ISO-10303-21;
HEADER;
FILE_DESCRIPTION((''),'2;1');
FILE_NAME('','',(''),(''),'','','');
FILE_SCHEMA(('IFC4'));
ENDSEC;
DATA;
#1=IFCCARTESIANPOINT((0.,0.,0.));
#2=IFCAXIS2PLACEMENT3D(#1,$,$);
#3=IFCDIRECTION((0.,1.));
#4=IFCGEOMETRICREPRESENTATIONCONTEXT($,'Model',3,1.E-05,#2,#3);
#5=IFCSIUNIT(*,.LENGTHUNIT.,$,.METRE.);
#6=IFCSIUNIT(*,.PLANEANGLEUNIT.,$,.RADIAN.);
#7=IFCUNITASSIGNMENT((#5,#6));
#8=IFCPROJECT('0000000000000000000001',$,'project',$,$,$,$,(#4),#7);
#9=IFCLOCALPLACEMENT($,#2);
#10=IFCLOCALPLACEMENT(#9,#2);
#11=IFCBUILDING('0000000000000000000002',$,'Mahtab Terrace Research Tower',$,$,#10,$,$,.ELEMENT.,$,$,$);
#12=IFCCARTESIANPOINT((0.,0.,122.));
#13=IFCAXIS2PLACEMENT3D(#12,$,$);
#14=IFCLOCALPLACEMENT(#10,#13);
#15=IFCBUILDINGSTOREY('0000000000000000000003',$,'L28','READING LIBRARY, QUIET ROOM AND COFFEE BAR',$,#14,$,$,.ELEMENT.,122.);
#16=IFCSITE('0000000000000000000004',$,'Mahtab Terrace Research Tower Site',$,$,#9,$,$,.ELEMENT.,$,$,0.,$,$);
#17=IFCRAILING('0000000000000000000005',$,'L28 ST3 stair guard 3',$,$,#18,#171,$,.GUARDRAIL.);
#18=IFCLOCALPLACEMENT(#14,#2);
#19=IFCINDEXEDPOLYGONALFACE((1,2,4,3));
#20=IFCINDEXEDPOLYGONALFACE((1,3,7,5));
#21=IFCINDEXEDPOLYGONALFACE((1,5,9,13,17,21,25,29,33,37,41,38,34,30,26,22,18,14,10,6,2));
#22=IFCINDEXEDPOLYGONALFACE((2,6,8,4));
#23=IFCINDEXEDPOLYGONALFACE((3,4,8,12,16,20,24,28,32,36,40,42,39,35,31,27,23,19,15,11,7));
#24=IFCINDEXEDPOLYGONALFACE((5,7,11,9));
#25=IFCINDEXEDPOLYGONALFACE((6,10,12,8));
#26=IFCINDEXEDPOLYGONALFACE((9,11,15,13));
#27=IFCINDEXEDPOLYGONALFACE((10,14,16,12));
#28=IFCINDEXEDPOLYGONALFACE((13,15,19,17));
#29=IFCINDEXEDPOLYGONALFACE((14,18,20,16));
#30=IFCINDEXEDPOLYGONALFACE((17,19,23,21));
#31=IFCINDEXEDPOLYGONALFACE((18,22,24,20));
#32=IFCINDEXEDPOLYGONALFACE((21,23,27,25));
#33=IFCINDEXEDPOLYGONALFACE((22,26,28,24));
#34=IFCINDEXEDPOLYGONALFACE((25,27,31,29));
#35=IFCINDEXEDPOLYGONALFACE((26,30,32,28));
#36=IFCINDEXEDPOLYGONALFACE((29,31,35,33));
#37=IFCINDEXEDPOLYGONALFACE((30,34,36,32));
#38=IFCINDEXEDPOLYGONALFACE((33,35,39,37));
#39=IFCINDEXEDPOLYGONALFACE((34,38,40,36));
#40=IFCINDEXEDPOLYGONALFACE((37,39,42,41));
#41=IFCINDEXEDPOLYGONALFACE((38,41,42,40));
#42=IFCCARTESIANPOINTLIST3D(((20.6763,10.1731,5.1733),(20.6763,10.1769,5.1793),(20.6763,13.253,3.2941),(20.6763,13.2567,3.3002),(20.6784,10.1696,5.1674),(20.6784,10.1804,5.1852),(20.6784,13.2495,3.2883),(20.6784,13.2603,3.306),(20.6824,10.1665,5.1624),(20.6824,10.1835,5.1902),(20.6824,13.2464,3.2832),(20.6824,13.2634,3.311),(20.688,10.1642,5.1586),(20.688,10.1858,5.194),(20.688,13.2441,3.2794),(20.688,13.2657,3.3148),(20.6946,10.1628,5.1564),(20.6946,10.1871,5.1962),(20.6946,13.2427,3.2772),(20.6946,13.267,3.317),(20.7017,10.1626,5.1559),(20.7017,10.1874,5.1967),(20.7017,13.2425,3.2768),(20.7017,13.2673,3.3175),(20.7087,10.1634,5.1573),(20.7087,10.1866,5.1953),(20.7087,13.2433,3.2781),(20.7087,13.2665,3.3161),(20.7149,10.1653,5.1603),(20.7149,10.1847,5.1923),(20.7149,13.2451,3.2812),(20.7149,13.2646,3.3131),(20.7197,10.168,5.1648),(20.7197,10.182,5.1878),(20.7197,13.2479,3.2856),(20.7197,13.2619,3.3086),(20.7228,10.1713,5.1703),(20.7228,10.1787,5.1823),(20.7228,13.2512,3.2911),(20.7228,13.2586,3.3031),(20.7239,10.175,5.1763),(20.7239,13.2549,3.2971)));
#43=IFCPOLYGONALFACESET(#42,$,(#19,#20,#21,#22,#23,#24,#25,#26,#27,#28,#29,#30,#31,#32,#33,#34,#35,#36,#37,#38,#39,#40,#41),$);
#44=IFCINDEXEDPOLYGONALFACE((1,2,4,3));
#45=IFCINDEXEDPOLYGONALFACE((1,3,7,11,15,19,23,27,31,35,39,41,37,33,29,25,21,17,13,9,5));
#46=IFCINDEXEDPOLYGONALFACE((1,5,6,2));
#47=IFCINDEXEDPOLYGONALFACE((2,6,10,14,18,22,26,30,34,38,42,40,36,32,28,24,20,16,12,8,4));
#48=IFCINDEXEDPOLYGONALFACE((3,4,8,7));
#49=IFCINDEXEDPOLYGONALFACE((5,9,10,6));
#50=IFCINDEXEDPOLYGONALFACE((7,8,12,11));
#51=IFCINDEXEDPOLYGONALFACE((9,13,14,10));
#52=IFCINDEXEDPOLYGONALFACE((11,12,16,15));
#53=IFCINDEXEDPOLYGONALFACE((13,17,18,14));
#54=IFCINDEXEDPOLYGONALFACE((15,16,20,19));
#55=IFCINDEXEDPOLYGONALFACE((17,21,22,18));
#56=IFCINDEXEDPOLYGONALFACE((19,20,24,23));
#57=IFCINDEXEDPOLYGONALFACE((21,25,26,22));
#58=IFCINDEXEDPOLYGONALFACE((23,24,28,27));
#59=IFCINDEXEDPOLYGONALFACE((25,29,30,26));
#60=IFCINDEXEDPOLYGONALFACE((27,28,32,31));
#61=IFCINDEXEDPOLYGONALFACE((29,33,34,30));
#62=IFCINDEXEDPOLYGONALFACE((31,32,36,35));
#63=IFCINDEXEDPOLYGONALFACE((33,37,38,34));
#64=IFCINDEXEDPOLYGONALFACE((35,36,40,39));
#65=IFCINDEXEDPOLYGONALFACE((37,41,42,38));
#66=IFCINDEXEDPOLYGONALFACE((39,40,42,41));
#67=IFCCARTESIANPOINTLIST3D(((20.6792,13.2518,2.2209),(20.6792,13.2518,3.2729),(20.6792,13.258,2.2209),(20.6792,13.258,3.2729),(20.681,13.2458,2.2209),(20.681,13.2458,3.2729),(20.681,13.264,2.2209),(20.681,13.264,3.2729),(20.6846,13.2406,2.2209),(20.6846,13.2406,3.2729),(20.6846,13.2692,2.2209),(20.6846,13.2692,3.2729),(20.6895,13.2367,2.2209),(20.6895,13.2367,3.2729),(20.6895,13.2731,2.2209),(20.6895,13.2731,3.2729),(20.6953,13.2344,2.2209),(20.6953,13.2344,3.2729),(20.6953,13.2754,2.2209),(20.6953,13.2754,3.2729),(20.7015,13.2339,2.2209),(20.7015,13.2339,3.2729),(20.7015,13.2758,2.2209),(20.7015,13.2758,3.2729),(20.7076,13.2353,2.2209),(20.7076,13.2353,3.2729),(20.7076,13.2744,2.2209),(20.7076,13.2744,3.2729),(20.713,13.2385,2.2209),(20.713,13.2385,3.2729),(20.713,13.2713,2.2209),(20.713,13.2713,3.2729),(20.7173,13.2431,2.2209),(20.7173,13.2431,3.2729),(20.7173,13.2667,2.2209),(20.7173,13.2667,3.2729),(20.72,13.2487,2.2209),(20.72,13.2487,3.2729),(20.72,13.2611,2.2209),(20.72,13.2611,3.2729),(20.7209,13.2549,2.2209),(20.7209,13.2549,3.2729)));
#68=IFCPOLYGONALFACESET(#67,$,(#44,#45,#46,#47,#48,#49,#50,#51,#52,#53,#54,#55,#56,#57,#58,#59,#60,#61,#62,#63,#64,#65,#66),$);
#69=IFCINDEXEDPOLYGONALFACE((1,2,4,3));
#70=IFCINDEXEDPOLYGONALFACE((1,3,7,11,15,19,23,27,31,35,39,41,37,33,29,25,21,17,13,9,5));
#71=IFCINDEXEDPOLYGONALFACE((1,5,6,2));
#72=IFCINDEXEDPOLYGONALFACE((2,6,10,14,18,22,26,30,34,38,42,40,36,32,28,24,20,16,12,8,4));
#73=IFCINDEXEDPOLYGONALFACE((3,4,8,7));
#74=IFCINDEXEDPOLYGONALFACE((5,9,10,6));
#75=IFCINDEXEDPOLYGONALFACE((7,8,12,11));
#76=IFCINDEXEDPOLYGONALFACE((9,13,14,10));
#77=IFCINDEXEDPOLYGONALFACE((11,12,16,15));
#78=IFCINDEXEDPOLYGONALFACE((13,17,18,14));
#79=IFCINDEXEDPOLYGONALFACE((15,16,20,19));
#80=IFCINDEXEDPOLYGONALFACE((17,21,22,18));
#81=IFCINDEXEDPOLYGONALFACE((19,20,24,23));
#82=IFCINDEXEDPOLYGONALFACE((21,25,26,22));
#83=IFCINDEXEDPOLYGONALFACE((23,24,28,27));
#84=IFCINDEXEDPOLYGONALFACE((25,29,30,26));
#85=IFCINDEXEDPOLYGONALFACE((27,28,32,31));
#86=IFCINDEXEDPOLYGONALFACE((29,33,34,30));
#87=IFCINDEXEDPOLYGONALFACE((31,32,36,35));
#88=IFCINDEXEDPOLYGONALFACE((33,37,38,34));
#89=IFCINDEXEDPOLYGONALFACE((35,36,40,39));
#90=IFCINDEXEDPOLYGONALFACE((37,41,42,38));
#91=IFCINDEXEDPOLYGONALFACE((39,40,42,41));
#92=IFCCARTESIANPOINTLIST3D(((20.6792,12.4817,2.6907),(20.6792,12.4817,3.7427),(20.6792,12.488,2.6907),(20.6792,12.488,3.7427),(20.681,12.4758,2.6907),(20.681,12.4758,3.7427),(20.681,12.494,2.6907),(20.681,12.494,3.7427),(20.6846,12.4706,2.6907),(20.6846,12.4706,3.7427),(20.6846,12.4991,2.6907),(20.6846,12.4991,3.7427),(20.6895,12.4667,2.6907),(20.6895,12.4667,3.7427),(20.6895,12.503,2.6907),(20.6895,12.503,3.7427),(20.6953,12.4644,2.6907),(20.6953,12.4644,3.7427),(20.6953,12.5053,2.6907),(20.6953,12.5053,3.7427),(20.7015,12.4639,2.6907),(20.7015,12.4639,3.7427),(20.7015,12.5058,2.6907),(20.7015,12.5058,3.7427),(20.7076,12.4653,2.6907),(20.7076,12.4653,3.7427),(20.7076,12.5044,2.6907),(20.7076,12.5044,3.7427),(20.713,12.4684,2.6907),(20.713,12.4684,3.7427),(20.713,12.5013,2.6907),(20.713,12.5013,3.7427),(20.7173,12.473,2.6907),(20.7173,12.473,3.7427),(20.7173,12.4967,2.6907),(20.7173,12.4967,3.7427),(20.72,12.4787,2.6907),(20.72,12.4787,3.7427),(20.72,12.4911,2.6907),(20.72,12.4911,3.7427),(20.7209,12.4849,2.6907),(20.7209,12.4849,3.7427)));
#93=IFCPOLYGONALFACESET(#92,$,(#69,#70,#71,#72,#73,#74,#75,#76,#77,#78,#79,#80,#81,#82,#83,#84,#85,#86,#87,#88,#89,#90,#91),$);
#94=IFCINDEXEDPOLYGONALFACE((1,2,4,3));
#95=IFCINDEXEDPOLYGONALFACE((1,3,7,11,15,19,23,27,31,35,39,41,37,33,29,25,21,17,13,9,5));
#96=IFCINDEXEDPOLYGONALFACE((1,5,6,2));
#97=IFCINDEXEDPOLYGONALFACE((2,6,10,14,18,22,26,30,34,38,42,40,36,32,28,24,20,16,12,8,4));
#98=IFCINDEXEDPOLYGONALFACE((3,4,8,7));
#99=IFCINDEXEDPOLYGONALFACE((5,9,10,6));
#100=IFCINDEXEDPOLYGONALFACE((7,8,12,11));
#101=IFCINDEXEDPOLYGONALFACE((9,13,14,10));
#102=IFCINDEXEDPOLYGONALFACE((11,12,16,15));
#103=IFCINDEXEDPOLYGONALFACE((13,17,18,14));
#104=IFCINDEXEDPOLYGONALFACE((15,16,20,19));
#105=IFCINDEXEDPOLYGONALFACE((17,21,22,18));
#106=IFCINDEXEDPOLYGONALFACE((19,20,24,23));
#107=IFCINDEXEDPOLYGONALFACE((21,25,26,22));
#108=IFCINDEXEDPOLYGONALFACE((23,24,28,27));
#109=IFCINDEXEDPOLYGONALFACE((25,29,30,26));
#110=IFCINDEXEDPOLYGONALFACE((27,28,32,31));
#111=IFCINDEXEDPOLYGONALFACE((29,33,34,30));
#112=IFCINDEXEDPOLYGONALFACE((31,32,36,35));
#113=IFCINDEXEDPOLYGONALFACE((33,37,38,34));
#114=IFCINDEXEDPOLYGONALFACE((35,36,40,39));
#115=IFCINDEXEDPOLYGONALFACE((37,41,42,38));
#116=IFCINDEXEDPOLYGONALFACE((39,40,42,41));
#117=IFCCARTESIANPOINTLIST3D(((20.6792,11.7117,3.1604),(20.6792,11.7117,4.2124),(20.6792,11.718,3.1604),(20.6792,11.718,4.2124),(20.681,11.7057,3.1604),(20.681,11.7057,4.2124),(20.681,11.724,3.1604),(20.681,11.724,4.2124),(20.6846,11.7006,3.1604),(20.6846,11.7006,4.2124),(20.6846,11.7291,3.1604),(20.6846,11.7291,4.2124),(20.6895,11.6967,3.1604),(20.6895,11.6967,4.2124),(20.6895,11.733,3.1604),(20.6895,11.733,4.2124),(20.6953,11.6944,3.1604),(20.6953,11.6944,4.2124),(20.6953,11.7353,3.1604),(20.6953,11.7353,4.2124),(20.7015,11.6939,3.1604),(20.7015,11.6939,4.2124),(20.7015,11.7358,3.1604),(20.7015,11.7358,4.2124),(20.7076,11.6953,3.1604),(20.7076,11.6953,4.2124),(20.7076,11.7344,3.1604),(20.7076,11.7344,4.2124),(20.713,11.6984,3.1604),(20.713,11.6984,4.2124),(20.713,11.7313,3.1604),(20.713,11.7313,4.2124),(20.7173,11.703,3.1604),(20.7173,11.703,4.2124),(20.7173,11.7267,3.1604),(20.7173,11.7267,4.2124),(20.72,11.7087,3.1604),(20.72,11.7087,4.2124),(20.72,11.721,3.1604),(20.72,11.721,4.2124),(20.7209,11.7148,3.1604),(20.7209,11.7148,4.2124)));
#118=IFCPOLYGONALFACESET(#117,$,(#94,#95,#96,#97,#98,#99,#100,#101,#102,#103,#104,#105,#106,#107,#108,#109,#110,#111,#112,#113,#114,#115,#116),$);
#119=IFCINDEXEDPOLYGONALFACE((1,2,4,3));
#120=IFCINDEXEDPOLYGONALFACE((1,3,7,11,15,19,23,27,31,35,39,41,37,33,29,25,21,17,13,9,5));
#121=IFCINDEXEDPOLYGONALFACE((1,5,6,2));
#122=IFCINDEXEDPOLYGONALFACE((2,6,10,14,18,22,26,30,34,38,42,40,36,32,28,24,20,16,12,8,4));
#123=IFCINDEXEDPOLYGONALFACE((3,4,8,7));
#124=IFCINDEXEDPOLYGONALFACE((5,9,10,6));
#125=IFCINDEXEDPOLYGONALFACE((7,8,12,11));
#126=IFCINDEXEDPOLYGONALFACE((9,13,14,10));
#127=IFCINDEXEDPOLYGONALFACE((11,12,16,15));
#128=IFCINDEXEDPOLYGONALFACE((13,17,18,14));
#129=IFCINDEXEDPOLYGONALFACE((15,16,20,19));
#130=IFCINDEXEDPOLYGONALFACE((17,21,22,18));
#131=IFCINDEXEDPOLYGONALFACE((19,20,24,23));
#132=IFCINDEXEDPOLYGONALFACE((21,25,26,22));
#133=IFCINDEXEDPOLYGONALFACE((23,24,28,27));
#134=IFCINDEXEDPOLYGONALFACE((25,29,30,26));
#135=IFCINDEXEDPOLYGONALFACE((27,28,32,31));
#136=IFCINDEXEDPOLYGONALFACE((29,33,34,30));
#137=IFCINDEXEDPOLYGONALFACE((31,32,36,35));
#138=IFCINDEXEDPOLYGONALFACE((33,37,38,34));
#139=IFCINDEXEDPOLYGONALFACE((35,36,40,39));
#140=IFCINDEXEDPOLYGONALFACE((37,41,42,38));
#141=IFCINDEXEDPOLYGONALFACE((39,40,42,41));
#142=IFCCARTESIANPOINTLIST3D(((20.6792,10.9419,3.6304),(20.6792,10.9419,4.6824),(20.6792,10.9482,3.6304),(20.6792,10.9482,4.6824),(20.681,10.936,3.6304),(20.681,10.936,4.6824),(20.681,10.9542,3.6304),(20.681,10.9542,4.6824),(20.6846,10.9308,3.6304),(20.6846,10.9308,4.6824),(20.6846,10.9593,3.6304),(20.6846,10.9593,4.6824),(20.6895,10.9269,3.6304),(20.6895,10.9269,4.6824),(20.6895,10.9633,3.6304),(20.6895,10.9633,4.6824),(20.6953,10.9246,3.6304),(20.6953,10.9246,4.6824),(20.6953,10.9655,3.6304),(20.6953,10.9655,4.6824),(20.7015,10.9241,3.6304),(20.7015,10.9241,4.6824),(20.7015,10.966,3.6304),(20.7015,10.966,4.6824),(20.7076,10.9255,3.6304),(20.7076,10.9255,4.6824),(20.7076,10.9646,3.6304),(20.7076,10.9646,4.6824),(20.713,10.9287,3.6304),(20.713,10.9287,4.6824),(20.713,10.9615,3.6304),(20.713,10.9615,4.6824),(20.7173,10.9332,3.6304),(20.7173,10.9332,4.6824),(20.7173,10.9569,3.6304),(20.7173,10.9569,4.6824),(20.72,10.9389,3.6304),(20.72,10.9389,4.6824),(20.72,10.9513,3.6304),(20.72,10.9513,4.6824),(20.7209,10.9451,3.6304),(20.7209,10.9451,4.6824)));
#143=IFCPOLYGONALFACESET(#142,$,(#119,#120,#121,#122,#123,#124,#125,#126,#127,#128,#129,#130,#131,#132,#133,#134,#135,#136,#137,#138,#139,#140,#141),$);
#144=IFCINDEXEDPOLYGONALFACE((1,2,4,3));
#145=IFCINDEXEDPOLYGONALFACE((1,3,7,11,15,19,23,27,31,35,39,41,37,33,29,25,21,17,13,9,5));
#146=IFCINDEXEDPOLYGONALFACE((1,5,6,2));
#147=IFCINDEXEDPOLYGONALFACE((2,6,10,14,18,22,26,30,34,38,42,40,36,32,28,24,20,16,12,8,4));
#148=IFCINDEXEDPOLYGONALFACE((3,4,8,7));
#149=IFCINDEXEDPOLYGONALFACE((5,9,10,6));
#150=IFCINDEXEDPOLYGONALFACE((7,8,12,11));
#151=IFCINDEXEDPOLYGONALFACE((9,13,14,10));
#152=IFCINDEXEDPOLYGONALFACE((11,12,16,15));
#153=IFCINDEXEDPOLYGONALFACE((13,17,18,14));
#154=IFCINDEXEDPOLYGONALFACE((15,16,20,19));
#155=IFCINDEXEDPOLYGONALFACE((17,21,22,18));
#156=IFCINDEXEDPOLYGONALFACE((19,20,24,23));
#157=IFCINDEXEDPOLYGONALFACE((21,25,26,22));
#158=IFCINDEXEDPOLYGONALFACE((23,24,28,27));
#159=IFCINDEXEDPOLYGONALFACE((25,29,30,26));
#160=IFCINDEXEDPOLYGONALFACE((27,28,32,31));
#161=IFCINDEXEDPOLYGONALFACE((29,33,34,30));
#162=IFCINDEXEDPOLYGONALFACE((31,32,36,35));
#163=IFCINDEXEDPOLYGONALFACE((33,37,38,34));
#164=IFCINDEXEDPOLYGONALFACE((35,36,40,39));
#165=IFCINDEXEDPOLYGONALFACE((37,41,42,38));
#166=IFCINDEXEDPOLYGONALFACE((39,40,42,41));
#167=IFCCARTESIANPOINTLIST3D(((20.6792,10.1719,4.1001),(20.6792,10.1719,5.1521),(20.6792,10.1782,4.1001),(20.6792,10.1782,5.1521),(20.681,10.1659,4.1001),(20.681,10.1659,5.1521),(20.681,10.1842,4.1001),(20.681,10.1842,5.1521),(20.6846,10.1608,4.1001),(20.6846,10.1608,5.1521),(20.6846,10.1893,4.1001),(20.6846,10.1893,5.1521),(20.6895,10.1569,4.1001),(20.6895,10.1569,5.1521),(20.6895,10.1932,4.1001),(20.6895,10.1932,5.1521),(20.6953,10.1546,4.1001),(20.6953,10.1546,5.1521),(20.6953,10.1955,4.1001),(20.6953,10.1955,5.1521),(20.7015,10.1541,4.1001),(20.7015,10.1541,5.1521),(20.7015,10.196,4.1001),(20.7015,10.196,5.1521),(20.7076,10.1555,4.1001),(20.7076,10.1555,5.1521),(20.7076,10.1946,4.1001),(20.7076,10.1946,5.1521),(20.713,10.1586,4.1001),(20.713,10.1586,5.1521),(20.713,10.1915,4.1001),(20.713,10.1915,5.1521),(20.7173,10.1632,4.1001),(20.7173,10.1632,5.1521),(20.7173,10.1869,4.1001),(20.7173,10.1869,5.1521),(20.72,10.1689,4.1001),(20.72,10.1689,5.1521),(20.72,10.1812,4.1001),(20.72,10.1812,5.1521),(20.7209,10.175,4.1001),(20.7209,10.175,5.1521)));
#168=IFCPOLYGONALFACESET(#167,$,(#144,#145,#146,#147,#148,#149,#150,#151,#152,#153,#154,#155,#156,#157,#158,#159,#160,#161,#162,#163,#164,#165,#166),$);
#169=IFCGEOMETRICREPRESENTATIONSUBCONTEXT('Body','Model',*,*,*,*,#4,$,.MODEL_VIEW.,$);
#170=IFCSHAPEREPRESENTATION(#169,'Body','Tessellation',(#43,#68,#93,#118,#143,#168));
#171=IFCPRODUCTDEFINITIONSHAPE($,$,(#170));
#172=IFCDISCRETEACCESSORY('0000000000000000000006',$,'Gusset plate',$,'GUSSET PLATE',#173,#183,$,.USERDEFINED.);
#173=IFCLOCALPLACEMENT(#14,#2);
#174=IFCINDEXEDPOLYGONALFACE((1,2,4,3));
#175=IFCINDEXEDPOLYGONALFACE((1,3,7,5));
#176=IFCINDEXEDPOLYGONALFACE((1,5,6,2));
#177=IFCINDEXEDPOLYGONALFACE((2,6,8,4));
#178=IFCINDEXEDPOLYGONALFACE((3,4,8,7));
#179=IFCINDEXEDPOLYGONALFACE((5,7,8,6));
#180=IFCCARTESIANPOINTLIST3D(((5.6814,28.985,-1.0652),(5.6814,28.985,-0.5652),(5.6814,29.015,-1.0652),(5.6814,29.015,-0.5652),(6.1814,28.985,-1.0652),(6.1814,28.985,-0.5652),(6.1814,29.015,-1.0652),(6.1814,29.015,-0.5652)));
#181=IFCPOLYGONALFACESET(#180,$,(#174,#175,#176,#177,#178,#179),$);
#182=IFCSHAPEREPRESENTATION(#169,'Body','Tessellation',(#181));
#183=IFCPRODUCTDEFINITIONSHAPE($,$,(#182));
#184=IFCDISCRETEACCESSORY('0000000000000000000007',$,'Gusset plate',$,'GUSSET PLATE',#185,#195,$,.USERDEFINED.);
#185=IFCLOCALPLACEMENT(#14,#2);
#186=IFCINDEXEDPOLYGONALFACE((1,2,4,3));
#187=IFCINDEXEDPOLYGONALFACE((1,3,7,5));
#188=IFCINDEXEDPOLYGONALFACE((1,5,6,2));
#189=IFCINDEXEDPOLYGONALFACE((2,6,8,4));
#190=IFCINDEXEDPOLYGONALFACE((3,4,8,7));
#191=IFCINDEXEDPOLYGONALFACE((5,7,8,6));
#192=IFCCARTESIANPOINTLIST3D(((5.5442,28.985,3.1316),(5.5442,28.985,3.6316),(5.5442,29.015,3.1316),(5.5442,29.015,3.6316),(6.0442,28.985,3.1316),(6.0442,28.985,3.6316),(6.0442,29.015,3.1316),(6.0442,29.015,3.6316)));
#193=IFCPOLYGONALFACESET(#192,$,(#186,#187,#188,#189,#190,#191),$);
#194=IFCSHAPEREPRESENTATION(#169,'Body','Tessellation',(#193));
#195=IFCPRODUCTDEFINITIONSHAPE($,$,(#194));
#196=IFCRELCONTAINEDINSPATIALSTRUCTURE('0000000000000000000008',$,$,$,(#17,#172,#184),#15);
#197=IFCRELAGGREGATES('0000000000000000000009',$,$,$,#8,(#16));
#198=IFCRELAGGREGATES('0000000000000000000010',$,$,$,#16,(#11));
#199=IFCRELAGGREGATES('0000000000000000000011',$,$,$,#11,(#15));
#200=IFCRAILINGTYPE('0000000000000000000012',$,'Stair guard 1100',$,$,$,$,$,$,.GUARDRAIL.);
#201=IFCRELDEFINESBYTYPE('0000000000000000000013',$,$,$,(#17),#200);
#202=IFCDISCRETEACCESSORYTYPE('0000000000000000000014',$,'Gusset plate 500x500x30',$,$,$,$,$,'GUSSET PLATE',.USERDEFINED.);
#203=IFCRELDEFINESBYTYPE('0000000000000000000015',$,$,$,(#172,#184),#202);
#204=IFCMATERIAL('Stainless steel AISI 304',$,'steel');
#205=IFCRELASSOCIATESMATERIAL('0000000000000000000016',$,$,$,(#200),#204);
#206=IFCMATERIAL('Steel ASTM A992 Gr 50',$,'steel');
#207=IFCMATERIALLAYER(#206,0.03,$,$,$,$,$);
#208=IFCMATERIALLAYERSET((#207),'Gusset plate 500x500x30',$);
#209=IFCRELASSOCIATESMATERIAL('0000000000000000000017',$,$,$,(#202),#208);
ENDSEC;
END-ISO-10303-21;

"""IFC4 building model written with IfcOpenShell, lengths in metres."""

from ifc_helpers import new_model, si_unit, direction, frame, origin, origin_2d, place, context, subcontext, project, spatial, rectangle, circle, extrude, material, layer, layer_set, type_object, element, save


model = new_model("IFC4")

# Units and contexts
model_context = context("Model", 3, precision=1e-05, world=origin(), true_north=direction((0.0, 1.0)))
body_context = subcontext(model_context, "Body", "Model", "MODEL_VIEW")
ifc_project = project(units=[si_unit("LENGTHUNIT", "METRE"), si_unit("PLANEANGLEUNIT", "RADIAN")], contexts=[model_context])

# Site, building, storey
site_placement = place(None, origin())
site = spatial("IfcSite", under=ifc_project, at=site_placement, Name="Mahtab Terrace Research Tower Site", CompositionType="ELEMENT", RefElevation=0.0)
building_placement = place(site_placement, origin())
building = spatial("IfcBuilding", under=site, at=building_placement, Name="Mahtab Terrace Research Tower", CompositionType="ELEMENT")
storey_placement = place(building_placement, frame((0.0, 0.0, 122.0)))
storey = spatial("IfcBuildingStorey", under=building, at=storey_placement, Name="L28", Description="READING LIBRARY, QUIET ROOM AND COFFEE BAR", CompositionType="ELEMENT", Elevation=122.0)

# Shared definitions
ifc_material_1 = material(Name="Steel ASTM A992 Gr 50", Category="steel")

# Shared definitions
ifc_material_2 = material(Name="Stainless steel AISI 304", Category="steel")

# Railing
railing_type = type_object("IfcRailingType", Name="Stair guard 1100", PredefinedType="GUARDRAIL", material=ifc_material_2)
railing_1_placement = place(storey_placement, frame((20.7, 13.2549, 2.2209)))
element("IfcRailing", 1, at=railing_1_placement, inside=storey, type_object=railing_type, Name="L28 ST3 stair guard 3", PredefinedType="GUARDRAIL", context=body_context, shape_type="SweptSolid", body=[
    extrude(circle(Radius=0.0239, at=origin_2d()), frame((0.0, 0.0, 1.0762), z_axis=(0.0, -0.853648, 0.52085), x_axis=(1.0, 0.0, 0.0)), (0.0, 0.0, 1.0), 3.6079),
    extrude(circle(Radius=0.021, at=origin_2d()), origin(), (0.0, 0.0, 1.0), 1.052),
    extrude(circle(Radius=0.021, at=origin_2d()), frame((0.0, -0.77, 0.4697)), (0.0, 0.0, 1.0), 1.052),
    extrude(circle(Radius=0.021, at=origin_2d()), frame((0.0, -1.54, 0.9395)), (0.0, 0.0, 1.0), 1.052),
    extrude(circle(Radius=0.021, at=origin_2d()), frame((0.0, -2.3098, 1.4094)), (0.0, 0.0, 1.0), 1.052),
    extrude(circle(Radius=0.021, at=origin_2d()), frame((0.0, -3.0798, 1.8792)), (0.0, 0.0, 1.0), 1.052),
])

# Discrete accessories
ifc_layer_1 = layer(ifc_material_1, 0.03)
ifc_layer_set_1 = layer_set([ifc_layer_1], Name="Gusset plate 500x500x30")
discrete_accessory_type = type_object("IfcDiscreteAccessoryType", Name="Gusset plate 500x500x30", ElementType="GUSSET PLATE", PredefinedType="USERDEFINED", material=ifc_layer_set_1)
for number, where, z_axis, x_axis, name in (
    (2, (5.9314, 29.0, -1.0652), (0.0, 0.0, 1.0), (1.0, 0.0, 0.0), "Gusset plate"),
    (3, (5.7942, 29.0, 3.1316), (0.0, 0.0, 1.0), (1.0, 0.0, 0.0), "Gusset plate"),
):
    element("IfcDiscreteAccessory", number, at=place(storey_placement, frame(where, z_axis=z_axis, x_axis=x_axis)), inside=storey, type_object=discrete_accessory_type, Name=name, ObjectType="GUSSET PLATE", PredefinedType="USERDEFINED", context=body_context, shape_type="SweptSolid", body=[
        extrude(rectangle(XDim=0.5, YDim=0.03, at=origin_2d()), origin(), (0.0, 0.0, 1.0), 0.5),
    ])

save(model, "model.ifc")
